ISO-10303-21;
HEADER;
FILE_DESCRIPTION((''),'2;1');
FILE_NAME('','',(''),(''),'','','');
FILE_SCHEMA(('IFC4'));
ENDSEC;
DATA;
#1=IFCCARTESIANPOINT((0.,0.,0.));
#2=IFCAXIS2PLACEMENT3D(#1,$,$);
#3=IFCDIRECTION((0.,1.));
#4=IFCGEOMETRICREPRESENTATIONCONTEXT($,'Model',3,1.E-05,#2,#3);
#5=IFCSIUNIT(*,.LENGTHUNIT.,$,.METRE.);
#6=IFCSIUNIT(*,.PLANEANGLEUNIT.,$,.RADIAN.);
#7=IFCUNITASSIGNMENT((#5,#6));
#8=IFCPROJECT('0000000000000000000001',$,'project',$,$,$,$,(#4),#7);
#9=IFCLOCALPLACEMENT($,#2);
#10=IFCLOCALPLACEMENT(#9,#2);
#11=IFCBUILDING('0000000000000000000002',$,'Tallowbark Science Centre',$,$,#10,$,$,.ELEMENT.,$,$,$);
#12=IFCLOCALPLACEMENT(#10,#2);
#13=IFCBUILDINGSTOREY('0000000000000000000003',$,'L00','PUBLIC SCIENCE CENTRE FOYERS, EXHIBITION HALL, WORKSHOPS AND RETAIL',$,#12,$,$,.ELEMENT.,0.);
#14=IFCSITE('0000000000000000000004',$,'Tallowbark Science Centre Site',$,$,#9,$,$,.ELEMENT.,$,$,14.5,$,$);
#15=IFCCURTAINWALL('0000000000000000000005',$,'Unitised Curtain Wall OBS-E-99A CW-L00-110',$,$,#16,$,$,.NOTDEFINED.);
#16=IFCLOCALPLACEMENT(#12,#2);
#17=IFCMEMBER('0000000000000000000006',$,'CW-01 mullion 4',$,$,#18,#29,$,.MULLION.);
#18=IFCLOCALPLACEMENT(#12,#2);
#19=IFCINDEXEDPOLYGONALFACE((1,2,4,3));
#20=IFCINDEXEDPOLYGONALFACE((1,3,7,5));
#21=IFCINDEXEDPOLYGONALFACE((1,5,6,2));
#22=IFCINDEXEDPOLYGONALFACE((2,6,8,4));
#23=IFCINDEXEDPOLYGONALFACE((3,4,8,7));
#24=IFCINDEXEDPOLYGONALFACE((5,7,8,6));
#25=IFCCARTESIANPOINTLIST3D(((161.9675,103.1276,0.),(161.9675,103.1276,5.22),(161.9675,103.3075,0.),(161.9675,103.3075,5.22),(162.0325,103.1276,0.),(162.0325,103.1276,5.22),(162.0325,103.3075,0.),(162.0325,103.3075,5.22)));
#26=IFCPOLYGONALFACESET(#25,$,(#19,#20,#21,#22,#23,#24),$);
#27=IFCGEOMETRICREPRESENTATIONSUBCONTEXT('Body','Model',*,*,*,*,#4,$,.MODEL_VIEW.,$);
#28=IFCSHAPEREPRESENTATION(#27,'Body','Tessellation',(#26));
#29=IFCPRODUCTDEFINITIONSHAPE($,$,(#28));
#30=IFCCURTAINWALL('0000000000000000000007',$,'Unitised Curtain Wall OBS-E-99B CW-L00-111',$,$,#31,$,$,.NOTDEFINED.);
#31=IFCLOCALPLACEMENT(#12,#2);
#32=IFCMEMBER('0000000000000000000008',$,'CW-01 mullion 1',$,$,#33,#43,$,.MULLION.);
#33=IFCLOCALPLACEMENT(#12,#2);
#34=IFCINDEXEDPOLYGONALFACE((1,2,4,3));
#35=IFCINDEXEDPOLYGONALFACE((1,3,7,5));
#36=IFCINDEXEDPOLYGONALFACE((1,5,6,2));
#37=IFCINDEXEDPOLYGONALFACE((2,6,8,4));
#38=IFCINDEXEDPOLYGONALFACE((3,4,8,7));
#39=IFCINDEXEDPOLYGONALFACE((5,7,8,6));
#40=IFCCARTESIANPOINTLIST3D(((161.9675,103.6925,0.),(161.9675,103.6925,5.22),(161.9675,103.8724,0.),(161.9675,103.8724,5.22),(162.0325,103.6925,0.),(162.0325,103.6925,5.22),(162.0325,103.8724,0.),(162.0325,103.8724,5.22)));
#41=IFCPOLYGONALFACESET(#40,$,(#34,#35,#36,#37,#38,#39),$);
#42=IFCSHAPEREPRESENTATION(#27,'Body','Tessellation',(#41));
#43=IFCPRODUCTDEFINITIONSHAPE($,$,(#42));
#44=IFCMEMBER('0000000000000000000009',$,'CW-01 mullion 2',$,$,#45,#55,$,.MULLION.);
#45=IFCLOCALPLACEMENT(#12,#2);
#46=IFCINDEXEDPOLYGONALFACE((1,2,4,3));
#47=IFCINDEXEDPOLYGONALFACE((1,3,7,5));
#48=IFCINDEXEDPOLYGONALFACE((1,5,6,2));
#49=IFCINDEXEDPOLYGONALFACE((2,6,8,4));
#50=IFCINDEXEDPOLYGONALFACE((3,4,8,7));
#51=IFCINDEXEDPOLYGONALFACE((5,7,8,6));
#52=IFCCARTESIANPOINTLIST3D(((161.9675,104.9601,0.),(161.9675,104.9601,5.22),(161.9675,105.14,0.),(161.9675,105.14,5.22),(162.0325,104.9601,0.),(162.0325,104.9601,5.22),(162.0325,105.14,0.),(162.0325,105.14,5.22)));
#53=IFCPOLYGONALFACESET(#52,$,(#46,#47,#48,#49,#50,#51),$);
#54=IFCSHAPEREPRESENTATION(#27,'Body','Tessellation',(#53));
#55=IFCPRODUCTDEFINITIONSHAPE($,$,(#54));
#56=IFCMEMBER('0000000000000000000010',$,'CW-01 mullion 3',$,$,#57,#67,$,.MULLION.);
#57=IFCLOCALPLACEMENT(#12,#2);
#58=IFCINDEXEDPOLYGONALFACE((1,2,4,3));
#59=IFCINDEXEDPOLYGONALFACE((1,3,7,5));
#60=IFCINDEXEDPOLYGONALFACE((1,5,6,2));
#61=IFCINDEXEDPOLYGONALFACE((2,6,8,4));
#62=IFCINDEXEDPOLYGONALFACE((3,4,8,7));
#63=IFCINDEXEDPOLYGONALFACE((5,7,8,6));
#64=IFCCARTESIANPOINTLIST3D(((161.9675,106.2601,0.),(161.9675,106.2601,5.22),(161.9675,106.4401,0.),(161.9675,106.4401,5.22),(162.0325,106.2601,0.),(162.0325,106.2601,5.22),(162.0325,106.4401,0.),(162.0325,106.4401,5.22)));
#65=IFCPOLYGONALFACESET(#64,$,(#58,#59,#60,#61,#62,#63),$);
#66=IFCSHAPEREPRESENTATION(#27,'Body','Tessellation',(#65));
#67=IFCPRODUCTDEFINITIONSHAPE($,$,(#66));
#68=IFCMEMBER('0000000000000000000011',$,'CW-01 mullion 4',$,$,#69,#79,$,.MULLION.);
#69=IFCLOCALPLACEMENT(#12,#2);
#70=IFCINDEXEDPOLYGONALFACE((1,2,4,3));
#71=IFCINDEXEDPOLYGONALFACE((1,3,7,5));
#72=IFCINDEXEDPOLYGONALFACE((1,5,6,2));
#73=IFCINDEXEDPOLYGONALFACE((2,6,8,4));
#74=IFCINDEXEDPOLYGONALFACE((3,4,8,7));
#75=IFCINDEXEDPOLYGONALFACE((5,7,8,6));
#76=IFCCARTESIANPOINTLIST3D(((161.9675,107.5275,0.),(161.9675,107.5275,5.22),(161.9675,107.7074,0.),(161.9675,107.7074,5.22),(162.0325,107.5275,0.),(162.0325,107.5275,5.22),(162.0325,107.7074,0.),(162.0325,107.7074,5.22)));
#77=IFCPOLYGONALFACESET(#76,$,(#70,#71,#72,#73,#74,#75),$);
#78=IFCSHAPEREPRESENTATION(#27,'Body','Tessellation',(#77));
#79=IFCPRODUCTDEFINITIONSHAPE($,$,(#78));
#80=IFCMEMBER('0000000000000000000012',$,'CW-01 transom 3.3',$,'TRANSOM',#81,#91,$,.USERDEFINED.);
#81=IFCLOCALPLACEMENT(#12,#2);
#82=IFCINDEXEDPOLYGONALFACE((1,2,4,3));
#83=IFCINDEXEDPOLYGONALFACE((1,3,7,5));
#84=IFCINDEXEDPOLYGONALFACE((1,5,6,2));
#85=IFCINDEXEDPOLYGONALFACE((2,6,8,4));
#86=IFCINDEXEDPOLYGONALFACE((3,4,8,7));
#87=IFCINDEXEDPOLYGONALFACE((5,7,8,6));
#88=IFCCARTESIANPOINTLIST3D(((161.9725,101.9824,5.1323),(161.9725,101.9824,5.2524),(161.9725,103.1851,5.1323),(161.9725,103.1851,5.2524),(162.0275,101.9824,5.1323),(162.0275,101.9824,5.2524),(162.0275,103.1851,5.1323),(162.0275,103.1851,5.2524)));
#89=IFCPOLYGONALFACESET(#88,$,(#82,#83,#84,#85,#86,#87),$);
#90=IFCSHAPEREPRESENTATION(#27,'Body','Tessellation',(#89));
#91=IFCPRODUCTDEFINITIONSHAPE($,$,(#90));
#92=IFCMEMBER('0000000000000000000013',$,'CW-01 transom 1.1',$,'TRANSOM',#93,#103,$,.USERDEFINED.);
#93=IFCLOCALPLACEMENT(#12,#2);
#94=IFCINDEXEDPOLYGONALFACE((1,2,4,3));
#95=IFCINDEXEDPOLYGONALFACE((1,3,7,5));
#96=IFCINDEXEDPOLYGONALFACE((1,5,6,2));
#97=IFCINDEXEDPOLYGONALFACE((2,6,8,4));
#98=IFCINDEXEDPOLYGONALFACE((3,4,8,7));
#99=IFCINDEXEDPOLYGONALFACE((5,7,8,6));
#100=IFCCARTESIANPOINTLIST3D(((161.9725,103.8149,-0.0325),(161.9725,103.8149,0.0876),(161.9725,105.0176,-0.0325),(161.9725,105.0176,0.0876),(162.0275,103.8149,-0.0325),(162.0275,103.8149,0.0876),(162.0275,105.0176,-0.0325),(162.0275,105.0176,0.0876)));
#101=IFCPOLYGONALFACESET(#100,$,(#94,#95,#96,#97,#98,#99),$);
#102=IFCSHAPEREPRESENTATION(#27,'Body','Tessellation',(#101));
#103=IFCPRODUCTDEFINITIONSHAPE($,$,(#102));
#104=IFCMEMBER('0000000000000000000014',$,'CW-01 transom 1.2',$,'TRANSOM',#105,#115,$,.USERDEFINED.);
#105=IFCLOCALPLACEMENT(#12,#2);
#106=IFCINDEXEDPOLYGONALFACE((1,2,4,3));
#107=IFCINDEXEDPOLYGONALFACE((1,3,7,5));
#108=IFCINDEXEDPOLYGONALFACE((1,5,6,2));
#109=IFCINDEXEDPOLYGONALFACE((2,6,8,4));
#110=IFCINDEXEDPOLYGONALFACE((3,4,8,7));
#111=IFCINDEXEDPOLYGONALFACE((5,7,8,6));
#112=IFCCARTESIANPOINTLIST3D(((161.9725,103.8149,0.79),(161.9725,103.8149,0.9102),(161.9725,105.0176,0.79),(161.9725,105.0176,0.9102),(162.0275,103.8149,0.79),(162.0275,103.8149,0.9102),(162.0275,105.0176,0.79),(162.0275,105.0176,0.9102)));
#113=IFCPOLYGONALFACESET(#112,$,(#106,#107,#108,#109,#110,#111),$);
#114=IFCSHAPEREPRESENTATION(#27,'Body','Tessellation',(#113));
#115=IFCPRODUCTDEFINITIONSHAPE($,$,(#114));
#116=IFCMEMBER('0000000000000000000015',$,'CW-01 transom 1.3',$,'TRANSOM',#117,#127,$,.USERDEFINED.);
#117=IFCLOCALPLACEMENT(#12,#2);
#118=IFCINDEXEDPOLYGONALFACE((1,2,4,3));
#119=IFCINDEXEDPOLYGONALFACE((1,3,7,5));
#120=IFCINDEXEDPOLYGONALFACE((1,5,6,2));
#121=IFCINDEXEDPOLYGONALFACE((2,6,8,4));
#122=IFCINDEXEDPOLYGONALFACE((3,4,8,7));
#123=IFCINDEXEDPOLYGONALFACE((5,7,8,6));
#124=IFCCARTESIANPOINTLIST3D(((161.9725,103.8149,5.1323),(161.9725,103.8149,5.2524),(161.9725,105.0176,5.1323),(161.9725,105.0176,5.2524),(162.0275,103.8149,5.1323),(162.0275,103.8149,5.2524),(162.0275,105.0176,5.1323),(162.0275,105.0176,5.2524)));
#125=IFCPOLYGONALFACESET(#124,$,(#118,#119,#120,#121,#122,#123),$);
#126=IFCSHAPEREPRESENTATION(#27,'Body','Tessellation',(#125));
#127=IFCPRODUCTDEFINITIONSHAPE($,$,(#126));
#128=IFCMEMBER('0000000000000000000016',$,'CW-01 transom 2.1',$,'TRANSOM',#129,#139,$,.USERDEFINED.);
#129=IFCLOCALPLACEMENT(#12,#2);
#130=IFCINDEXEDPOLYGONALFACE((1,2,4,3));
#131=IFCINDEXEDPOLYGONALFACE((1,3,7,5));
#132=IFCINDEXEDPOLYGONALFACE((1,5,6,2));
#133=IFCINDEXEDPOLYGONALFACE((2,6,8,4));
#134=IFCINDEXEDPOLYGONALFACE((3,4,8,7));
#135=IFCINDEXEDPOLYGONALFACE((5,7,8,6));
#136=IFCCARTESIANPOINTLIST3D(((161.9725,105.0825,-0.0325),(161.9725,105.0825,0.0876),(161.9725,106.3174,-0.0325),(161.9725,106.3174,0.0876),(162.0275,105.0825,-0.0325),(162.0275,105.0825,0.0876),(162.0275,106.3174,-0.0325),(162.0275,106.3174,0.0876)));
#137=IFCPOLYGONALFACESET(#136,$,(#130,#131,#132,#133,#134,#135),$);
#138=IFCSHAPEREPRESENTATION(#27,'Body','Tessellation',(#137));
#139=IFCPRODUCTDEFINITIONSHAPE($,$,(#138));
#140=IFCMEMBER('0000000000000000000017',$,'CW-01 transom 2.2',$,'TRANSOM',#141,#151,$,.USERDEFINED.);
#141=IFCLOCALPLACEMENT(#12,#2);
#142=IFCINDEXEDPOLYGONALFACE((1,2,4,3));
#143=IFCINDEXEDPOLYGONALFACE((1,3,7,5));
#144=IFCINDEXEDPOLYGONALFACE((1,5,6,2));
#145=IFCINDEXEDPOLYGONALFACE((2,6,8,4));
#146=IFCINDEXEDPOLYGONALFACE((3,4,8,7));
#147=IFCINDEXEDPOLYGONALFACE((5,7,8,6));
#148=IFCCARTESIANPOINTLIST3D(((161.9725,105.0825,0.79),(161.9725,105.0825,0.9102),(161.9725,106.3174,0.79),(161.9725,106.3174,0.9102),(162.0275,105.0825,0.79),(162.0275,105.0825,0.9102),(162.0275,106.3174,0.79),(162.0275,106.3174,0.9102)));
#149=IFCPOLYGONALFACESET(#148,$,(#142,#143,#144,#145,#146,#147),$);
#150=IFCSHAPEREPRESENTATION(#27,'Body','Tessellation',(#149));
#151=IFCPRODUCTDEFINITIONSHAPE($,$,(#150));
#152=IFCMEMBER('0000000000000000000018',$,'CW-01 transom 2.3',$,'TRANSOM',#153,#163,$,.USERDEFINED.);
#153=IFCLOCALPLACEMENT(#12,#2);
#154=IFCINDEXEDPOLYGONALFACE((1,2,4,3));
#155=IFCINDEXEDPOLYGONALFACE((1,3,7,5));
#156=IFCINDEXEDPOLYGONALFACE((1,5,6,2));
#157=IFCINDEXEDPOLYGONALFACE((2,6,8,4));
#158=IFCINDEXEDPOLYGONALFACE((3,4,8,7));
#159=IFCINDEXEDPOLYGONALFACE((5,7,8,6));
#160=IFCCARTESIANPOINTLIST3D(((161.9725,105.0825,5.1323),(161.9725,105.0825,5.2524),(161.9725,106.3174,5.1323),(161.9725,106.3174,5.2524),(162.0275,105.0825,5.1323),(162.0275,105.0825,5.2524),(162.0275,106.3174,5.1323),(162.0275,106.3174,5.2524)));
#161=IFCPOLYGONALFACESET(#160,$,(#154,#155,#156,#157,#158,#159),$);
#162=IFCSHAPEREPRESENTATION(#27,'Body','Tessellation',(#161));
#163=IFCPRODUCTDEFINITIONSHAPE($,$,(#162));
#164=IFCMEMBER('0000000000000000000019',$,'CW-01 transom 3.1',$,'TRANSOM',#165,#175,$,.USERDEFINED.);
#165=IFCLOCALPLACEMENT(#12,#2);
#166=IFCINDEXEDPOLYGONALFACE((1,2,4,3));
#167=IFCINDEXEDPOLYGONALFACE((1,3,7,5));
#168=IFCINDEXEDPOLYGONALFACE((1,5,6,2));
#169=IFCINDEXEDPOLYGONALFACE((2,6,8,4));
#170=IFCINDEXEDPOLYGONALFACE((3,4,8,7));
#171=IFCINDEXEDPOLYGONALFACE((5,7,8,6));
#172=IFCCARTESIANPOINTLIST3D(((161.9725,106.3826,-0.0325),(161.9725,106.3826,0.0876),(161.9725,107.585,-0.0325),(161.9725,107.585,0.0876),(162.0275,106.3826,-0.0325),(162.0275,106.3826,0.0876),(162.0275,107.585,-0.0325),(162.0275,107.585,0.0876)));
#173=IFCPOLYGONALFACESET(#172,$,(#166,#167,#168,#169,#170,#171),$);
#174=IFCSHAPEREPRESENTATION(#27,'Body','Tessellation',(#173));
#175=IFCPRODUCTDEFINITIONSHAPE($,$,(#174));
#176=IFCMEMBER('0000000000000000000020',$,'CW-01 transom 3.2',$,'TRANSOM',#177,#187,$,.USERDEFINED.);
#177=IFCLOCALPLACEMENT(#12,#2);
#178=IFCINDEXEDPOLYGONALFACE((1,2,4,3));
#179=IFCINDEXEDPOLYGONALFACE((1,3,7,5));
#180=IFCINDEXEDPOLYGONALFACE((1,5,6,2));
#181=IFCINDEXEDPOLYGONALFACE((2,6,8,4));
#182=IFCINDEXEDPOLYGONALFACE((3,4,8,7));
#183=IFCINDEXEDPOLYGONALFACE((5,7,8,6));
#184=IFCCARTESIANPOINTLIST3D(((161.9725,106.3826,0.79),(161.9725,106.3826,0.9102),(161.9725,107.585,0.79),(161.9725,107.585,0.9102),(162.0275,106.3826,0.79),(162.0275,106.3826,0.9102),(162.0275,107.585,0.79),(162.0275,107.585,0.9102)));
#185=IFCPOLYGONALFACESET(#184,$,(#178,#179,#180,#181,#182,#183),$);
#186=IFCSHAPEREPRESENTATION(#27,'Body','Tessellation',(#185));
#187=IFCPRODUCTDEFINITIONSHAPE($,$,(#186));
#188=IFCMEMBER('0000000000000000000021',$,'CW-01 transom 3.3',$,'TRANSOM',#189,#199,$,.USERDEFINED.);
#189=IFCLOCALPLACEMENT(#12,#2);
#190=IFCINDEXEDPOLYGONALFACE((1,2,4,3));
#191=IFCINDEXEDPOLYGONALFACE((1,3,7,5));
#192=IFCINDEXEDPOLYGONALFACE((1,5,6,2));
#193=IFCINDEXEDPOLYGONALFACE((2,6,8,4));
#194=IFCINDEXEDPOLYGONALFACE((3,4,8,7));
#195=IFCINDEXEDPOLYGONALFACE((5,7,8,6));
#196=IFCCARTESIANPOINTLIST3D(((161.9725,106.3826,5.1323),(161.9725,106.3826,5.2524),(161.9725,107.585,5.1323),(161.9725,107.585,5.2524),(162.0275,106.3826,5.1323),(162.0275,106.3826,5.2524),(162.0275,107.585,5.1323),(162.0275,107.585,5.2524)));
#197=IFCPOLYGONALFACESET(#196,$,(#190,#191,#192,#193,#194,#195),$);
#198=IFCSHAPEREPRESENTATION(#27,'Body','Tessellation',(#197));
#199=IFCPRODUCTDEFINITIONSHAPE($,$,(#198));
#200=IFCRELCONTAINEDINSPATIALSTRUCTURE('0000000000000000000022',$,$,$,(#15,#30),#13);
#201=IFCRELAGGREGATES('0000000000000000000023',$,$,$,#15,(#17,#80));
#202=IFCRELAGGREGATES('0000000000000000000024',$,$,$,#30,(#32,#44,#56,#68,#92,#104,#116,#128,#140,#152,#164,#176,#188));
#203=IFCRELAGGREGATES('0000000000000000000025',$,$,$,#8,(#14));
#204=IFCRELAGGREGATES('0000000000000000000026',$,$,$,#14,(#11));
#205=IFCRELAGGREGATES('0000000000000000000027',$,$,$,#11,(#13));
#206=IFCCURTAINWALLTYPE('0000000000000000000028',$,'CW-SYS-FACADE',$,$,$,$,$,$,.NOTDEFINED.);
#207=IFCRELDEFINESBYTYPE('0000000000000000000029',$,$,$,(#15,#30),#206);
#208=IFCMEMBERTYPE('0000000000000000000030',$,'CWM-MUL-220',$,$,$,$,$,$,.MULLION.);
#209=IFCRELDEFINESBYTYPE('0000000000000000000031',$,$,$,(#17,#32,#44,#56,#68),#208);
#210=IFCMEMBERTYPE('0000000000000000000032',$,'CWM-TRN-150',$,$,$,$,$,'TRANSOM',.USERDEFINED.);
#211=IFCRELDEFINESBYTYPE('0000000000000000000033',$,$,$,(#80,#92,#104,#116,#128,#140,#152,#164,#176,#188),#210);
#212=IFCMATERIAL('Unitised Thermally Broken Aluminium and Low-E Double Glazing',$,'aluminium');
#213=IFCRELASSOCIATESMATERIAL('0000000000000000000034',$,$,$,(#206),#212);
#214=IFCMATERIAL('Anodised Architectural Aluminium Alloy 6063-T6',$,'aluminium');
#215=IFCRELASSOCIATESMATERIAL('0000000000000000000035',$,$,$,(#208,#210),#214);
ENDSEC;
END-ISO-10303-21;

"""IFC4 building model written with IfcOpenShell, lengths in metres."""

from ifc_helpers import new_model, si_unit, direction, frame, origin, origin_2d, place, context, subcontext, project, spatial, rectangle, extrude, material, material_profile, profile_set, type_object, element, aggregate, save


model = new_model("IFC4")

# Units and contexts
model_context = context("Model", 3, precision=1e-05, world=origin(), true_north=direction((0.0, 1.0)))
body_context = subcontext(model_context, "Body", "Model", "MODEL_VIEW")
ifc_project = project(units=[si_unit("LENGTHUNIT", "METRE"), si_unit("PLANEANGLEUNIT", "RADIAN")], contexts=[model_context])

# Site, building, storey
site_placement = place(None, origin())
site = spatial("IfcSite", under=ifc_project, at=site_placement, Name="Tallowbark Science Centre Site", CompositionType="ELEMENT", RefElevation=14.5)
building_placement = place(site_placement, origin())
building = spatial("IfcBuilding", under=site, at=building_placement, Name="Tallowbark Science Centre", CompositionType="ELEMENT")
storey_placement = place(building_placement, origin())
storey = spatial("IfcBuildingStorey", under=building, at=storey_placement, Name="L00", Description="PUBLIC SCIENCE CENTRE FOYERS, EXHIBITION HALL, WORKSHOPS AND RETAIL", CompositionType="ELEMENT", Elevation=0.0)

# Curtain wall, member
ifc_material_1 = material(Name="Unitised Thermally Broken Aluminium and Low-E Double Glazing", Category="aluminium")
curtain_wall_type = type_object("IfcCurtainWallType", Name="CW-SYS-FACADE", PredefinedType="NOTDEFINED", material=ifc_material_1)
curtain_wall_1_placement = place(storey_placement, origin())
curtain_wall_1 = element("IfcCurtainWall", 1, at=curtain_wall_1_placement, inside=storey, type_object=curtain_wall_type, Name="Unitised Curtain Wall OBS-E-99A CW-L00-110", PredefinedType="NOTDEFINED")
ifc_material_2 = material(Name="Anodised Architectural Aluminium Alloy 6063-T6", Category="aluminium")
ifc_material_profile_1 = material_profile(ifc_material_2, rectangle(XDim=0.0649, YDim=0.1799, at=origin_2d()), Name="ALU65x180")
ifc_profile_set_1 = profile_set([ifc_material_profile_1], Name="Anodised Architectural Aluminium Alloy 6063-T6")
member_type_1 = type_object("IfcMemberType", Name="CWM-MUL-220", PredefinedType="MULLION", material=ifc_profile_set_1)
member_1_placement = place(storey_placement, frame((162.0, 103.2175, 0.0), z_axis=(0.0, 0.0, 1.0), x_axis=(-1.0, 0.0, 0.0)))
member_1 = element("IfcMember", 2, at=member_1_placement, type_object=member_type_1, Name="CW-01 mullion 4", PredefinedType="MULLION", context=body_context, shape_type="SweptSolid", body=[
    extrude(rectangle(XDim=0.0649, YDim=0.1799, at=origin_2d()), origin(), (0.0, 0.0, 1.0), 5.22),
])

# Curtain wall, members
curtain_wall_2_placement = place(storey_placement, origin())
curtain_wall_2 = element("IfcCurtainWall", 3, at=curtain_wall_2_placement, inside=storey, type_object=curtain_wall_type, Name="Unitised Curtain Wall OBS-E-99B CW-L00-111", PredefinedType="NOTDEFINED")
member_2_placement = place(storey_placement, frame((162.0, 103.7825, 0.0), z_axis=(0.0, 0.0, 1.0), x_axis=(-1.0, 0.0, 0.0)))
member_2 = element("IfcMember", 4, at=member_2_placement, type_object=member_type_1, Name="CW-01 mullion 1", PredefinedType="MULLION", context=body_context, shape_type="SweptSolid", body=[
    extrude(rectangle(XDim=0.0649, YDim=0.1799, at=origin_2d()), origin(), (0.0, 0.0, 1.0), 5.22),
])
member_3_placement = place(storey_placement, frame((162.0, 105.05, 0.0), z_axis=(0.0, 0.0, 1.0), x_axis=(-1.0, 0.0, 0.0)))
member_3 = element("IfcMember", 5, at=member_3_placement, type_object=member_type_1, Name="CW-01 mullion 2", PredefinedType="MULLION", context=body_context, shape_type="SweptSolid", body=[
    extrude(rectangle(XDim=0.0649, YDim=0.1799, at=origin_2d()), origin(), (0.0, 0.0, 1.0), 5.22),
])
member_4_placement = place(storey_placement, frame((162.0, 106.3501, 0.0), z_axis=(0.0, 0.0, 1.0), x_axis=(-1.0, 0.0, 0.0)))
member_4 = element("IfcMember", 6, at=member_4_placement, type_object=member_type_1, Name="CW-01 mullion 3", PredefinedType="MULLION", context=body_context, shape_type="SweptSolid", body=[
    extrude(rectangle(XDim=0.0649, YDim=0.1799, at=origin_2d()), origin(), (0.0, 0.0, 1.0), 5.22),
])
member_5_placement = place(storey_placement, frame((162.0, 107.6174, 0.0), z_axis=(0.0, 0.0, 1.0), x_axis=(-1.0, 0.0, 0.0)))
member_5 = element("IfcMember", 7, at=member_5_placement, type_object=member_type_1, Name="CW-01 mullion 4", PredefinedType="MULLION", context=body_context, shape_type="SweptSolid", body=[
    extrude(rectangle(XDim=0.0649, YDim=0.1799, at=origin_2d()), origin(), (0.0, 0.0, 1.0), 5.22),
])

# Members
ifc_material_profile_2 = material_profile(ifc_material_2, rectangle(XDim=0.0549, YDim=0.1201, at=origin_2d()), Name="ALU55x120")
ifc_profile_set_2 = profile_set([ifc_material_profile_2], Name="Anodised Architectural Aluminium Alloy 6063-T6")
member_type_2 = type_object("IfcMemberType", Name="CWM-TRN-150", ElementType="TRANSOM", PredefinedType="USERDEFINED", material=ifc_profile_set_2)
member_6_placement = place(storey_placement, frame((162.0, 101.9824, 5.1924), z_axis=(0.0, 1.0, 0.0), x_axis=(-1.0, 0.0, 0.0)))
member_6 = element("IfcMember", 8, at=member_6_placement, type_object=member_type_2, Name="CW-01 transom 3.3", ObjectType="TRANSOM", PredefinedType="USERDEFINED", context=body_context, shape_type="SweptSolid", body=[
    extrude(rectangle(XDim=0.0549, YDim=0.1201, at=origin_2d()), origin(), (0.0, 0.0, 1.0), 1.2026),
])
member_7_placement = place(storey_placement, frame((162.0, 103.8149, 0.0276), z_axis=(0.0, 1.0, 0.0), x_axis=(-1.0, 0.0, 0.0)))
member_7 = element("IfcMember", 9, at=member_7_placement, type_object=member_type_2, Name="CW-01 transom 1.1", ObjectType="TRANSOM", PredefinedType="USERDEFINED", context=body_context, shape_type="SweptSolid", body=[
    extrude(rectangle(XDim=0.0549, YDim=0.1201, at=origin_2d()), origin(), (0.0, 0.0, 1.0), 1.2026),
])
member_8_placement = place(storey_placement, frame((162.0, 103.8149, 0.8501), z_axis=(0.0, 1.0, 0.0), x_axis=(-1.0, 0.0, 0.0)))
member_8 = element("IfcMember", 10, at=member_8_placement, type_object=member_type_2, Name="CW-01 transom 1.2", ObjectType="TRANSOM", PredefinedType="USERDEFINED", context=body_context, shape_type="SweptSolid", body=[
    extrude(rectangle(XDim=0.0549, YDim=0.1201, at=origin_2d()), origin(), (0.0, 0.0, 1.0), 1.2026),
])
member_9_placement = place(storey_placement, frame((162.0, 103.8149, 5.1924), z_axis=(0.0, 1.0, 0.0), x_axis=(-1.0, 0.0, 0.0)))
member_9 = element("IfcMember", 11, at=member_9_placement, type_object=member_type_2, Name="CW-01 transom 1.3", ObjectType="TRANSOM", PredefinedType="USERDEFINED", context=body_context, shape_type="SweptSolid", body=[
    extrude(rectangle(XDim=0.0549, YDim=0.1201, at=origin_2d()), origin(), (0.0, 0.0, 1.0), 1.2026),
])
member_10_placement = place(storey_placement, frame((162.0, 105.0825, 0.0276), z_axis=(0.0, 1.0, 0.0), x_axis=(-1.0, 0.0, 0.0)))
member_10 = element("IfcMember", 12, at=member_10_placement, type_object=member_type_2, Name="CW-01 transom 2.1", ObjectType="TRANSOM", PredefinedType="USERDEFINED", context=body_context, shape_type="SweptSolid", body=[
    extrude(rectangle(XDim=0.0549, YDim=0.1201, at=origin_2d()), origin(), (0.0, 0.0, 1.0), 1.2349),
])
member_11_placement = place(storey_placement, frame((162.0, 105.0825, 0.8501), z_axis=(0.0, 1.0, 0.0), x_axis=(-1.0, 0.0, 0.0)))
member_11 = element("IfcMember", 13, at=member_11_placement, type_object=member_type_2, Name="CW-01 transom 2.2", ObjectType="TRANSOM", PredefinedType="USERDEFINED", context=body_context, shape_type="SweptSolid", body=[
    extrude(rectangle(XDim=0.0549, YDim=0.1201, at=origin_2d()), origin(), (0.0, 0.0, 1.0), 1.2349),
])
member_12_placement = place(storey_placement, frame((162.0, 105.0825, 5.1924), z_axis=(0.0, 1.0, 0.0), x_axis=(-1.0, 0.0, 0.0)))
member_12 = element("IfcMember", 14, at=member_12_placement, type_object=member_type_2, Name="CW-01 transom 2.3", ObjectType="TRANSOM", PredefinedType="USERDEFINED", context=body_context, shape_type="SweptSolid", body=[
    extrude(rectangle(XDim=0.0549, YDim=0.1201, at=origin_2d()), origin(), (0.0, 0.0, 1.0), 1.2349),
])
member_13_placement = place(storey_placement, frame((162.0, 106.3826, 0.0276), z_axis=(0.0, 1.0, 0.0), x_axis=(-1.0, 0.0, 0.0)))
member_13 = element("IfcMember", 15, at=member_13_placement, type_object=member_type_2, Name="CW-01 transom 3.1", ObjectType="TRANSOM", PredefinedType="USERDEFINED", context=body_context, shape_type="SweptSolid", body=[
    extrude(rectangle(XDim=0.0549, YDim=0.1201, at=origin_2d()), origin(), (0.0, 0.0, 1.0), 1.2024),
])
member_14_placement = place(storey_placement, frame((162.0, 106.3826, 0.8501), z_axis=(0.0, 1.0, 0.0), x_axis=(-1.0, 0.0, 0.0)))
member_14 = element("IfcMember", 16, at=member_14_placement, type_object=member_type_2, Name="CW-01 transom 3.2", ObjectType="TRANSOM", PredefinedType="USERDEFINED", context=body_context, shape_type="SweptSolid", body=[
    extrude(rectangle(XDim=0.0549, YDim=0.1201, at=origin_2d()), origin(), (0.0, 0.0, 1.0), 1.2024),
])
member_15_placement = place(storey_placement, frame((162.0, 106.3826, 5.1924), z_axis=(0.0, 1.0, 0.0), x_axis=(-1.0, 0.0, 0.0)))
member_15 = element("IfcMember", 17, at=member_15_placement, type_object=member_type_2, Name="CW-01 transom 3.3", ObjectType="TRANSOM", PredefinedType="USERDEFINED", context=body_context, shape_type="SweptSolid", body=[
    extrude(rectangle(XDim=0.0549, YDim=0.1201, at=origin_2d()), origin(), (0.0, 0.0, 1.0), 1.2024),
])

aggregate(curtain_wall_1, [member_1, member_6])
aggregate(curtain_wall_2, [member_2, member_3, member_4, member_5, member_7, member_8, member_9, member_10, member_11, member_12, member_13, member_14, member_15])

save(model, "model.ifc")
